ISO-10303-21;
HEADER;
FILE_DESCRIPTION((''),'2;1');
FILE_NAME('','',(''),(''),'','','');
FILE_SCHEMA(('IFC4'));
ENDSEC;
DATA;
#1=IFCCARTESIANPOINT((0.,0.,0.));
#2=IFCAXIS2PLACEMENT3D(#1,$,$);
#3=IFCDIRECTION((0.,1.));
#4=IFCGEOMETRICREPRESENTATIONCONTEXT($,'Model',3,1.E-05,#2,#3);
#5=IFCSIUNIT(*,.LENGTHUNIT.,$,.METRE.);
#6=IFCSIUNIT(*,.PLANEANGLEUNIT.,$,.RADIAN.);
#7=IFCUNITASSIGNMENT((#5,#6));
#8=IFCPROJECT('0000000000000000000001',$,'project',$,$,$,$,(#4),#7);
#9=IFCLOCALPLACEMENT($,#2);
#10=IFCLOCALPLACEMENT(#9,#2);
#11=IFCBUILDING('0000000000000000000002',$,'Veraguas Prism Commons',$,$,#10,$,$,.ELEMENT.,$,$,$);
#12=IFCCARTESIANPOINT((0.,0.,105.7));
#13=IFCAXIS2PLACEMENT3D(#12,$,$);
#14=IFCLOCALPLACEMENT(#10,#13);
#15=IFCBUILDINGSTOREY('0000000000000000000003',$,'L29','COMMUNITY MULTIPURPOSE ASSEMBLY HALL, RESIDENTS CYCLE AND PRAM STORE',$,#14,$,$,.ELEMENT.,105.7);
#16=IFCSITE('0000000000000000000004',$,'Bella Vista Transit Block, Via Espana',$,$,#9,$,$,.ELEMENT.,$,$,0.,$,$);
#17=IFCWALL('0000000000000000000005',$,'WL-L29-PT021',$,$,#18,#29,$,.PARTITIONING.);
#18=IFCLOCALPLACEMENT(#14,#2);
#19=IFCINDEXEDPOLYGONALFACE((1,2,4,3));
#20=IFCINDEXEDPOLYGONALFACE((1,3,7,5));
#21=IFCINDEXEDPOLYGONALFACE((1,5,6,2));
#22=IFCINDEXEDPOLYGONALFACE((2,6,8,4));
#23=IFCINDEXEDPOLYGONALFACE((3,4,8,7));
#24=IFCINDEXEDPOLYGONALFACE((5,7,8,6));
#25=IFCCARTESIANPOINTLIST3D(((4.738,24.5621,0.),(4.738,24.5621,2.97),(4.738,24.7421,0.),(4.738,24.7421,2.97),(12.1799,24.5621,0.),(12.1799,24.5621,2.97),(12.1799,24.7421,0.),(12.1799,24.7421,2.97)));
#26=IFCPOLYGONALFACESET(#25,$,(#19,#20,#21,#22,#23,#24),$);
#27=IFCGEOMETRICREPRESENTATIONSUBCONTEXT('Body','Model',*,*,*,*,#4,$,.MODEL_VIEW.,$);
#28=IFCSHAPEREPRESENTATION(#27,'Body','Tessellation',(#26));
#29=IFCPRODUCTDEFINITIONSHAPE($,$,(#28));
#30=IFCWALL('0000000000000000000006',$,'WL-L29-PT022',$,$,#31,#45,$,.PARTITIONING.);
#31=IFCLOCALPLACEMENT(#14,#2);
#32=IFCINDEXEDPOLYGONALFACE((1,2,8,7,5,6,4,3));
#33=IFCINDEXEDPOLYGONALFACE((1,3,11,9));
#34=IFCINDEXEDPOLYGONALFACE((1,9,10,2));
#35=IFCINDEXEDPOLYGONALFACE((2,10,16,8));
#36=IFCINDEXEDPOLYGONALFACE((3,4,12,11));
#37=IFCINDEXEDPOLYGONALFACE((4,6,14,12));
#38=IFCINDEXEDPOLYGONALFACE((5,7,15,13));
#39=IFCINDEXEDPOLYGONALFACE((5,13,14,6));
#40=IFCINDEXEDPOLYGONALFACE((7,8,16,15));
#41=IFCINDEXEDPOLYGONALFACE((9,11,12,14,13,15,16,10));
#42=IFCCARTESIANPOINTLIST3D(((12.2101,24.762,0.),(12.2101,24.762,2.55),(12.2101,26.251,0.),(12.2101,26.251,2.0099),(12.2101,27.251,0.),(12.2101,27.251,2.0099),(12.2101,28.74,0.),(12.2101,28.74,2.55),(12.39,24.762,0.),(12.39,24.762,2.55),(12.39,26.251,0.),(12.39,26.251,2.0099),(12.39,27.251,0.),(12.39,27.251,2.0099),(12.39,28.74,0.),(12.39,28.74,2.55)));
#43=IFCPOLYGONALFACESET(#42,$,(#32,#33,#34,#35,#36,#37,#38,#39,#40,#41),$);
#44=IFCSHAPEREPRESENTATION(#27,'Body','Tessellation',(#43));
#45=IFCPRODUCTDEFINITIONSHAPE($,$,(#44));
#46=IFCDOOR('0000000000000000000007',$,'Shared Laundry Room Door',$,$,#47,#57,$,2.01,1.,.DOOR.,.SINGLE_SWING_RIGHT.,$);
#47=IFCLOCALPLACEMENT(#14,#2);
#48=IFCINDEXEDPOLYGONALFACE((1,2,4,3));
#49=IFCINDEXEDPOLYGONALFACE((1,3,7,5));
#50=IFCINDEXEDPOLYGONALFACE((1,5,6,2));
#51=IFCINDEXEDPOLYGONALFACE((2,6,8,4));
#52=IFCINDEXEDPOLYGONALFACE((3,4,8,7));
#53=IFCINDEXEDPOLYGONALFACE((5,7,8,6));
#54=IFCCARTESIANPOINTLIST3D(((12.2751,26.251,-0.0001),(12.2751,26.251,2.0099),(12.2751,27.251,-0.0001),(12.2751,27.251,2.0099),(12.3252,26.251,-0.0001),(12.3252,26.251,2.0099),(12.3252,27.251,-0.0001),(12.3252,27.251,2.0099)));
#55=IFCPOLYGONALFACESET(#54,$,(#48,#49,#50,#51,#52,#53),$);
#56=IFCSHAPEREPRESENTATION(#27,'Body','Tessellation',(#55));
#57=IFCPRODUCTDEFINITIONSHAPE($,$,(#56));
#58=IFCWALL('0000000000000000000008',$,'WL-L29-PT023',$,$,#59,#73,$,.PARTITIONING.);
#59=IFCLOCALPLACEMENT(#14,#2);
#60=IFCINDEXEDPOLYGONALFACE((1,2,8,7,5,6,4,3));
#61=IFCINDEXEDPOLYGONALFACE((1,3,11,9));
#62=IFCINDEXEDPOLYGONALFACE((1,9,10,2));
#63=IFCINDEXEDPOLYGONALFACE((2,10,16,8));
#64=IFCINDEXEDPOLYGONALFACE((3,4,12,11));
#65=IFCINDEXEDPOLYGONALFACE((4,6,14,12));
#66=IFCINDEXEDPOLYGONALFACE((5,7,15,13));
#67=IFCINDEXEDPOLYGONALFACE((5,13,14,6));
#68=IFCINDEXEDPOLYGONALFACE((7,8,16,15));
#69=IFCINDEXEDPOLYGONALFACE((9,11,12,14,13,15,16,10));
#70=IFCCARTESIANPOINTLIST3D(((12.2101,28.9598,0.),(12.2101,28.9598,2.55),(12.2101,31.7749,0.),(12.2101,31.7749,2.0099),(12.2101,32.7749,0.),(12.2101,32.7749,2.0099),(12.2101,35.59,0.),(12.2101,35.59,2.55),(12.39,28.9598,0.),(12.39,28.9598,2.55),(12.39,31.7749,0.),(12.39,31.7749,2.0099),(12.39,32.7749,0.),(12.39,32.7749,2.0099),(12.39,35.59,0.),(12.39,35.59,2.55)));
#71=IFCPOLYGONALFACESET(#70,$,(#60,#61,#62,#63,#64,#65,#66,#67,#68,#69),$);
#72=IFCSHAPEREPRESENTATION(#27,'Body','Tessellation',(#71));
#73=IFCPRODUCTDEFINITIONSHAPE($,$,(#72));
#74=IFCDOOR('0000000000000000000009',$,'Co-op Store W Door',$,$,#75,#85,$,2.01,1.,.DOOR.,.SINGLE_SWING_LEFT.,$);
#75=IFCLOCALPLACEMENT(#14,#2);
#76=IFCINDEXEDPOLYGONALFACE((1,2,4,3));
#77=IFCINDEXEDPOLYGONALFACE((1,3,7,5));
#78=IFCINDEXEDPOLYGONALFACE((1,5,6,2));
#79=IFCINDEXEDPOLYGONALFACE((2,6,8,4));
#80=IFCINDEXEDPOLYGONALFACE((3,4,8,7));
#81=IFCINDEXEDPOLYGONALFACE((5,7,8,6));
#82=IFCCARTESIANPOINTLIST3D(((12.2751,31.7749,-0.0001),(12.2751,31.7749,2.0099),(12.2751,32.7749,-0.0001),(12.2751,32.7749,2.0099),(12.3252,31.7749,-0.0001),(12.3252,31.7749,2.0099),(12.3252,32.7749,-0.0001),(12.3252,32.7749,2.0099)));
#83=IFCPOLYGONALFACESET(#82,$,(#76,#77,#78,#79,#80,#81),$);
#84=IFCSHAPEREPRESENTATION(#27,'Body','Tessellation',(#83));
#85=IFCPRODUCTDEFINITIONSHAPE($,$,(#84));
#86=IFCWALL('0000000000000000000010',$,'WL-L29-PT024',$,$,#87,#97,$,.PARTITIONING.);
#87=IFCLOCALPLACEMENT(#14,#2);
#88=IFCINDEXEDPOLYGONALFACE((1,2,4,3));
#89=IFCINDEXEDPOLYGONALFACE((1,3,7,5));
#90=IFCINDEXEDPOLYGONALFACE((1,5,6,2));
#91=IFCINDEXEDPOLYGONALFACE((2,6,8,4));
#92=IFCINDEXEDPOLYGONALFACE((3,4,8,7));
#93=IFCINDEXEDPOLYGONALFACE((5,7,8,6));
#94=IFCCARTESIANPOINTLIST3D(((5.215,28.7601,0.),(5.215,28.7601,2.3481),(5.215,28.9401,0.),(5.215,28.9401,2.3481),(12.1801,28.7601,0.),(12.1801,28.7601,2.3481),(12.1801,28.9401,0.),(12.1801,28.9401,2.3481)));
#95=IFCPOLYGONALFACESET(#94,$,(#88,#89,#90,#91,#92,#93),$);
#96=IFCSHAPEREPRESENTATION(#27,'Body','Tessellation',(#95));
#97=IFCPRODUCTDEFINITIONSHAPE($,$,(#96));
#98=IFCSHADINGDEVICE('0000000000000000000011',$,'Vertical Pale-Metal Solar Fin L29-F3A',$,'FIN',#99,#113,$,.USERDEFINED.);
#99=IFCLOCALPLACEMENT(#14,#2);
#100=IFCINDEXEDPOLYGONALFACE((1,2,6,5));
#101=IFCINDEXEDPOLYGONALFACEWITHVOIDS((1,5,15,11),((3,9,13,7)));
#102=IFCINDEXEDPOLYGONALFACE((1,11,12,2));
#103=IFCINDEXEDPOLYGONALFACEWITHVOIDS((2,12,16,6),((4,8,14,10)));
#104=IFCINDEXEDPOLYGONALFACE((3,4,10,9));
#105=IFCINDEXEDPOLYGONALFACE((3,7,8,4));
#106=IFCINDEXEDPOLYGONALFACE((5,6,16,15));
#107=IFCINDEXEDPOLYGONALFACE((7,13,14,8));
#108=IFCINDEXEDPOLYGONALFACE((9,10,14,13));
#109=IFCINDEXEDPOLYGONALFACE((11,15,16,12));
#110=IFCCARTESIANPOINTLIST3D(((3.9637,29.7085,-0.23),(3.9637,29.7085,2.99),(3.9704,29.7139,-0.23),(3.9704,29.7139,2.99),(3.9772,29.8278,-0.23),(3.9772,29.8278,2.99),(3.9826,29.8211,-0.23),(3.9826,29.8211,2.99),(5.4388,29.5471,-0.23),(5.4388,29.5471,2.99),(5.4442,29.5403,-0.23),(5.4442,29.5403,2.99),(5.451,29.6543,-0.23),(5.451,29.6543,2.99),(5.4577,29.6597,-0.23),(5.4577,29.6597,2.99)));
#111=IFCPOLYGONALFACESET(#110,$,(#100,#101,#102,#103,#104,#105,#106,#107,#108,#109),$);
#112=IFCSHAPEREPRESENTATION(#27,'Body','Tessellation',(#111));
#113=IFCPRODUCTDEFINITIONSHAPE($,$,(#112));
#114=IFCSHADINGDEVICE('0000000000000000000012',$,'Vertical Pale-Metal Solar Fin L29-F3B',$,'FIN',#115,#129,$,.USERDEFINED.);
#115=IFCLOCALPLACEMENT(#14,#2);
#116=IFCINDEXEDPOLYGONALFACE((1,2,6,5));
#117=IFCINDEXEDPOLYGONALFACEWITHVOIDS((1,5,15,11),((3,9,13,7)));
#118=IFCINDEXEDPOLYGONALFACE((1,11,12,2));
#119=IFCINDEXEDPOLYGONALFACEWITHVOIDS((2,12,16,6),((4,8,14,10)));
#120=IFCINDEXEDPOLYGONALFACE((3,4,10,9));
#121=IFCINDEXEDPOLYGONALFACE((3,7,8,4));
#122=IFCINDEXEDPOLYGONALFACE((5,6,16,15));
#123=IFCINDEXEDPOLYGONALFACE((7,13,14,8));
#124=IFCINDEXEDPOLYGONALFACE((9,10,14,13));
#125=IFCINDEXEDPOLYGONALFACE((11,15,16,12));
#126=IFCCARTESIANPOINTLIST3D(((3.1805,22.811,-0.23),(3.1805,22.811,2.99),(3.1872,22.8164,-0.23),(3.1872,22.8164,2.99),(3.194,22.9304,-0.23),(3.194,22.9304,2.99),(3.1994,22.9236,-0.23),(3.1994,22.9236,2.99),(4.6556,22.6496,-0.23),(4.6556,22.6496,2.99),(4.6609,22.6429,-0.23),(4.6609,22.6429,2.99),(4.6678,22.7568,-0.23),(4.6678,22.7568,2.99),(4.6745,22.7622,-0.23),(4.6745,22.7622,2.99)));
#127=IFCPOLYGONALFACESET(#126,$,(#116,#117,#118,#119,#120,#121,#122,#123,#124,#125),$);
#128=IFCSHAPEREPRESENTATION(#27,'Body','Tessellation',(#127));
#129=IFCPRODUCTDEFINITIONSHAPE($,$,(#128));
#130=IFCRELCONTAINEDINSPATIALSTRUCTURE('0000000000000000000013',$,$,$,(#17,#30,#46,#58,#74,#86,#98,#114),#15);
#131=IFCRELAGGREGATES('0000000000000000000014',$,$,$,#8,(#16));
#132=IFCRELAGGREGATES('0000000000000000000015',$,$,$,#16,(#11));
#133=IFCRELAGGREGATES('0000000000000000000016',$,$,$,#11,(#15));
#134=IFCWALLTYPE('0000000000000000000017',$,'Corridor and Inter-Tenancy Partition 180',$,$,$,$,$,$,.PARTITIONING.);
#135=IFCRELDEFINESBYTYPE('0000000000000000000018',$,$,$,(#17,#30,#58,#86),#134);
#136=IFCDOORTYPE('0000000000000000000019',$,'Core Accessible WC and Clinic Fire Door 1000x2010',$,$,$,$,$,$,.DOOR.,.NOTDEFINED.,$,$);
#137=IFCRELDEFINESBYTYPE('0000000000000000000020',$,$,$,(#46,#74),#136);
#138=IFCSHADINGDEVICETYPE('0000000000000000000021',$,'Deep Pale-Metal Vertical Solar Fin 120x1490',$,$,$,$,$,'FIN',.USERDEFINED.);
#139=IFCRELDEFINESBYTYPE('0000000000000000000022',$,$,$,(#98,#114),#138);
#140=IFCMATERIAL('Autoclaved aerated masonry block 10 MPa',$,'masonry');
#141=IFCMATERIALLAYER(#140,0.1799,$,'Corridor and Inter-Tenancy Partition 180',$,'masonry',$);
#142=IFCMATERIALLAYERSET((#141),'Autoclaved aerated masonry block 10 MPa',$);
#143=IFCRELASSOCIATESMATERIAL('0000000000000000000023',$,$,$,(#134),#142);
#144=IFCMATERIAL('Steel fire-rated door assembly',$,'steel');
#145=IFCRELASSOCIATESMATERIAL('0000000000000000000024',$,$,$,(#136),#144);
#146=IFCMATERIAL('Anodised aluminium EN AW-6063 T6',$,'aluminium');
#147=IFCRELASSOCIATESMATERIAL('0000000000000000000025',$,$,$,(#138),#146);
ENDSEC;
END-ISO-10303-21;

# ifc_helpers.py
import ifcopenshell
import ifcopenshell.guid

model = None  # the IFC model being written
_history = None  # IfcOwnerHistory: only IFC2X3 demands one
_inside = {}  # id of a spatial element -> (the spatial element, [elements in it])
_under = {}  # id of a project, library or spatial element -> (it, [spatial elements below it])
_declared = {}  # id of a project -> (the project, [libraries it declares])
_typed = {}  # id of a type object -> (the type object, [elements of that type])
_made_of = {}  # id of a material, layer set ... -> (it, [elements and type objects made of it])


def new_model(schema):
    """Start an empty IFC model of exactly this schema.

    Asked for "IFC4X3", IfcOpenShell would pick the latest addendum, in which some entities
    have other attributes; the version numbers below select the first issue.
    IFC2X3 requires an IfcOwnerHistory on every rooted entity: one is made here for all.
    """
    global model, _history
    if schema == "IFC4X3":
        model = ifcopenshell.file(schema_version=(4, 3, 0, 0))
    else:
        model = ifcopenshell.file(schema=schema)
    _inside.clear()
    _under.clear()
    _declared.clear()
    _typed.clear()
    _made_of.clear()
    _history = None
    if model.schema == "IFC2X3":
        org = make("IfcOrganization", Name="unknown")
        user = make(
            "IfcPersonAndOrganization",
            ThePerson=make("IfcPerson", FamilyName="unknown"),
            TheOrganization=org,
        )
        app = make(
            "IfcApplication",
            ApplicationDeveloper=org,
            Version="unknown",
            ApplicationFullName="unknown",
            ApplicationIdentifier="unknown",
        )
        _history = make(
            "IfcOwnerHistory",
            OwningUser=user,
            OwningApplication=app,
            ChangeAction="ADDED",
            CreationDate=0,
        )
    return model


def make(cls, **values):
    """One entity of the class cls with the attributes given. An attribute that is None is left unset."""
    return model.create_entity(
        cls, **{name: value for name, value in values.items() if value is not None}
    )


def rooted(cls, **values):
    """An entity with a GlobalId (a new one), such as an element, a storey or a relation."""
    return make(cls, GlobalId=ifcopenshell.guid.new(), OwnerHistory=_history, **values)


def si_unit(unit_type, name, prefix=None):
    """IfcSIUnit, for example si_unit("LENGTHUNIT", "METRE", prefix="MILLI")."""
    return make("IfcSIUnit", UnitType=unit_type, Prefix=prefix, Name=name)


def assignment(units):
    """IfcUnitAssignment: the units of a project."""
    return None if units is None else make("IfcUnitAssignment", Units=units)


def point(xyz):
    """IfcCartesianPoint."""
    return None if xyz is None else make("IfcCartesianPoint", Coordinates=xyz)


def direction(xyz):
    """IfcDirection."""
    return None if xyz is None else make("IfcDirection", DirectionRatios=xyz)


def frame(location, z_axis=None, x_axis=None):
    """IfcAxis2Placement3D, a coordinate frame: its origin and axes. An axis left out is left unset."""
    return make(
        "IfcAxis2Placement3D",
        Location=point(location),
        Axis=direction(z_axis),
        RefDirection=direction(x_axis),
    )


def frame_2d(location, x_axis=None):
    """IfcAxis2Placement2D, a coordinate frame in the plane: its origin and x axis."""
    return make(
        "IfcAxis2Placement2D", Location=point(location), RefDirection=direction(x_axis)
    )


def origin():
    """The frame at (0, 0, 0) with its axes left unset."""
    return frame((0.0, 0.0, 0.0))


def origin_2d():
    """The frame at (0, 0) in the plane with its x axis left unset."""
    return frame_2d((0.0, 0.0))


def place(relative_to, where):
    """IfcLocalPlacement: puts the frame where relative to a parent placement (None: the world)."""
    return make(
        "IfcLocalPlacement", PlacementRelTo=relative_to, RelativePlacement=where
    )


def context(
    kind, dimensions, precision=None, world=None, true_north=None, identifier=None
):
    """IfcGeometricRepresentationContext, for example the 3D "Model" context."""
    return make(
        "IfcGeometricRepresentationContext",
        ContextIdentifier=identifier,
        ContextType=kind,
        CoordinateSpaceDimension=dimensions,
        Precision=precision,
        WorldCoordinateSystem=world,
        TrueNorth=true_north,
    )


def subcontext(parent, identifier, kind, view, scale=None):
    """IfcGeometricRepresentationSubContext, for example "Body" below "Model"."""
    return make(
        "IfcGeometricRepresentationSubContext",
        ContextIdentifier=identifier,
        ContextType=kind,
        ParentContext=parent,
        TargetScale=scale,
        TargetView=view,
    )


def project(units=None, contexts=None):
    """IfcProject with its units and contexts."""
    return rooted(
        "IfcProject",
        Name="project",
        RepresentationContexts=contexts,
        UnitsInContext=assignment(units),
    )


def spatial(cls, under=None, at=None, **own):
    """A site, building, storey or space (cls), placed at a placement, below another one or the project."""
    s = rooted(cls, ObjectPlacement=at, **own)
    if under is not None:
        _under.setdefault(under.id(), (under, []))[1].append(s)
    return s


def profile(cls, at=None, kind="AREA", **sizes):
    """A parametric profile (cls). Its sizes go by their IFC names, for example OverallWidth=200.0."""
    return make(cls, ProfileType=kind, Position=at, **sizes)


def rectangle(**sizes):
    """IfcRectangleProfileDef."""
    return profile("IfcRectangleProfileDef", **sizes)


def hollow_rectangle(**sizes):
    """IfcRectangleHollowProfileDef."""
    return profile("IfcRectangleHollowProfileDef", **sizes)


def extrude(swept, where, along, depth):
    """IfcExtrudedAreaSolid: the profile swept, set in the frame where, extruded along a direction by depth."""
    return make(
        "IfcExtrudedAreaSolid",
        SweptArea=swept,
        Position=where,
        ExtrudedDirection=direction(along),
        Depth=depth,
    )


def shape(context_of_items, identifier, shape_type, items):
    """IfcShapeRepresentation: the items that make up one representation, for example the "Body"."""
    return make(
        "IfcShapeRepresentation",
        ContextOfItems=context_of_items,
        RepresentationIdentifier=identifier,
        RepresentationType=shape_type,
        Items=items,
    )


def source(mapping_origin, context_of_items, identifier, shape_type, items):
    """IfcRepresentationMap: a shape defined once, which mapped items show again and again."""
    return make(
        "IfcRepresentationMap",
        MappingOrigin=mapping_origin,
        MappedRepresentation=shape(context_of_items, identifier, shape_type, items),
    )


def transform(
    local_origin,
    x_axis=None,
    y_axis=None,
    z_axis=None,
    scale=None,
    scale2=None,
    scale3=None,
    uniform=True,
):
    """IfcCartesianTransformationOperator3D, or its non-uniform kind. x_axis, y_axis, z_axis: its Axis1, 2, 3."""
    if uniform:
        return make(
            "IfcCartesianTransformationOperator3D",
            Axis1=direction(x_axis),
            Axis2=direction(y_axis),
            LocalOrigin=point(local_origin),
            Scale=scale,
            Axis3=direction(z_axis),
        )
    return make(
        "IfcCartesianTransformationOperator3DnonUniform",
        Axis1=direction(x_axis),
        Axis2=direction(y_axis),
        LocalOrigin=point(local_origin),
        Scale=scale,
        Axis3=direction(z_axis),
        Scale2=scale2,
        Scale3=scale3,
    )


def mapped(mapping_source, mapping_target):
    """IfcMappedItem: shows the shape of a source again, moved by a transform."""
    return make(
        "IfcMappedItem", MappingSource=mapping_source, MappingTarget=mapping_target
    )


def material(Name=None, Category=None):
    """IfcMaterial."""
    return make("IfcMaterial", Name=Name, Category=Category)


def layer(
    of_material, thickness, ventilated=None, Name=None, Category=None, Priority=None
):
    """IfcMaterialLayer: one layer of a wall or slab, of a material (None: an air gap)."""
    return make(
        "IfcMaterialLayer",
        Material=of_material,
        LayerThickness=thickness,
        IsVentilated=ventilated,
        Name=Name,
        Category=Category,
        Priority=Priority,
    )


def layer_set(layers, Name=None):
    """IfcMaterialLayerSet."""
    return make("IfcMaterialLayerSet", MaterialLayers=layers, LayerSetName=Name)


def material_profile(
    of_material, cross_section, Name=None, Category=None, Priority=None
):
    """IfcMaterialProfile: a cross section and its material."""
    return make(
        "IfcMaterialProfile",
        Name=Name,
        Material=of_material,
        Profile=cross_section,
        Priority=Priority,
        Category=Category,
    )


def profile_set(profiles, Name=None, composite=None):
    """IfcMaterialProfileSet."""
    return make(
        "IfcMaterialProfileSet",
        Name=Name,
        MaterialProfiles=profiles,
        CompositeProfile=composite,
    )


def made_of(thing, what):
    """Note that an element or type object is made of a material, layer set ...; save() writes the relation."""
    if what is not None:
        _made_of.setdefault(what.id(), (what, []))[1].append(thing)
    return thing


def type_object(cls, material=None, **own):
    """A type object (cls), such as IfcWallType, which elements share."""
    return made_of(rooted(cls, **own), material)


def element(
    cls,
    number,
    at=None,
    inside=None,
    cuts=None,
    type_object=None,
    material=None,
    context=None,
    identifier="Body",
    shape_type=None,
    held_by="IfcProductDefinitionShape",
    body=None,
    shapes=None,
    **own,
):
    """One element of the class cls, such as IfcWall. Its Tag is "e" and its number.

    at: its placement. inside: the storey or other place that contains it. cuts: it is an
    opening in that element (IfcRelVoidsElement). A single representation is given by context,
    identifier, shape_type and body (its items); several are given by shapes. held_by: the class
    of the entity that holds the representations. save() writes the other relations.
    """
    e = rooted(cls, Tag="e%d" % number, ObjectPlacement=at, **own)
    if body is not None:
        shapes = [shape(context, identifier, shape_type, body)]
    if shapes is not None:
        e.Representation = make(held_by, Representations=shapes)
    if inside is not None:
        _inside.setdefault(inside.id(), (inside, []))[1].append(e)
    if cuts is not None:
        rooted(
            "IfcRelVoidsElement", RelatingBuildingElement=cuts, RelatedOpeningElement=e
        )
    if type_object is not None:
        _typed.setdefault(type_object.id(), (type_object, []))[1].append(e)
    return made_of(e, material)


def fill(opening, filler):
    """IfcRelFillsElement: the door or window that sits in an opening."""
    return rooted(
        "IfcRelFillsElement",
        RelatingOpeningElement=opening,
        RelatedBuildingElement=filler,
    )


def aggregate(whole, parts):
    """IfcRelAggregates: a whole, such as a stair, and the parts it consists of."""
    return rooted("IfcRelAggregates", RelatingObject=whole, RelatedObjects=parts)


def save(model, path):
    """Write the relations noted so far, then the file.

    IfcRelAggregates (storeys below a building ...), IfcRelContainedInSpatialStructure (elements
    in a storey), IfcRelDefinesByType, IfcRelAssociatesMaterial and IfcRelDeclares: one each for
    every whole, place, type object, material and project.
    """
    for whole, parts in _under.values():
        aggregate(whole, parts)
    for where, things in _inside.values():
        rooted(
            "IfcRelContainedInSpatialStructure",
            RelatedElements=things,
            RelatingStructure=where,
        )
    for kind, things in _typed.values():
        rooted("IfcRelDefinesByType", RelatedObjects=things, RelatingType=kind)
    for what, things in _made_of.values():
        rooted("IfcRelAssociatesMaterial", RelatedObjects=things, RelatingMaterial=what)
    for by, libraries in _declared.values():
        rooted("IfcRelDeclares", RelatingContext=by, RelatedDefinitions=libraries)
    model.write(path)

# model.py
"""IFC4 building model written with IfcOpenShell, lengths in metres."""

from ifc_helpers import new_model, si_unit, direction, frame, frame_2d, origin, origin_2d, place, context, subcontext, project, spatial, rectangle, hollow_rectangle, extrude, source, transform, mapped, material, layer, layer_set, material_profile, profile_set, type_object, element, fill, save


model = new_model("IFC4")

# Units and contexts
model_context = context("Model", 3, precision=1e-05, world=origin(), true_north=direction((0.0, 1.0)))
body_context = subcontext(model_context, "Body", "Model", "MODEL_VIEW")
ifc_project = project(units=[si_unit("LENGTHUNIT", "METRE"), si_unit("PLANEANGLEUNIT", "RADIAN")], contexts=[model_context])

# Site, building, storey
site_placement = place(None, origin())
site = spatial("IfcSite", under=ifc_project, at=site_placement, Name="Bella Vista Transit Block, Via Espana", CompositionType="ELEMENT", RefElevation=0.0)
building_placement = place(site_placement, origin())
building = spatial("IfcBuilding", under=site, at=building_placement, Name="Veraguas Prism Commons", CompositionType="ELEMENT")
storey_placement = place(building_placement, frame((0.0, 0.0, 105.7)))
storey = spatial("IfcBuildingStorey", under=building, at=storey_placement, Name="L29", Description="COMMUNITY MULTIPURPOSE ASSEMBLY HALL, RESIDENTS CYCLE AND PRAM STORE", CompositionType="ELEMENT", Elevation=105.7)

# Shared definitions
ifc_material_1 = material(Name="Anodised aluminium EN AW-6063 T6", Category="aluminium")

# Wall
ifc_material_2 = material(Name="Autoclaved aerated masonry block 10 MPa", Category="masonry")
ifc_layer_1 = layer(ifc_material_2, 0.1799, Name="Corridor and Inter-Tenancy Partition 180", Category="masonry")
ifc_layer_set_1 = layer_set([ifc_layer_1], Name="Autoclaved aerated masonry block 10 MPa")
wall_type = type_object("IfcWallType", Name="Corridor and Inter-Tenancy Partition 180", PredefinedType="PARTITIONING", material=ifc_layer_set_1)
wall_1_placement = place(storey_placement, frame((12.1799, 24.6521, 0.0), z_axis=(0.0, 0.0, 1.0), x_axis=(-1.0, 0.0, 0.0)))
element("IfcWall", 1, at=wall_1_placement, inside=storey, type_object=wall_type, Name="WL-L29-PT021", PredefinedType="PARTITIONING", context=body_context, shape_type="SweptSolid", body=[
    extrude(rectangle(XDim=7.4419, YDim=0.1799, at=frame_2d((3.7209, 0.0))), origin(), (0.0, 0.0, 1.0), 2.97),
])

# Walls, openings, doors
wall_2_placement = place(storey_placement, frame((12.3, 24.762, 0.0), z_axis=(0.0, 0.0, 1.0), x_axis=(0.0, 1.0, 0.0)))
wall_2 = element("IfcWall", 2, at=wall_2_placement, inside=storey, type_object=wall_type, Name="WL-L29-PT022", PredefinedType="PARTITIONING", context=body_context, shape_type="SweptSolid", body=[
    extrude(rectangle(XDim=3.978, YDim=0.1799, at=frame_2d((1.989, 0.0))), origin(), (0.0, 0.0, 1.0), 2.55),
])
opening_1_placement = place(wall_2_placement, frame((1.489, 0.0, 0.0)))
opening_1 = element("IfcOpeningElement", 3, at=opening_1_placement, cuts=wall_2, PredefinedType="OPENING", context=body_context, shape_type="SweptSolid", body=[
    extrude(rectangle(XDim=1.0, YDim=2.01, at=frame_2d((0.5, 1.0049))), frame((0.0, 0.0999, 0.0), z_axis=(0.0, -1.0, 0.0), x_axis=(1.0, 0.0, 0.0)), (0.0, 0.0, 1.0), 0.2),
])
ifc_material_3 = material(Name="Steel fire-rated door assembly", Category="steel")
door_type = type_object("IfcDoorType", Name="Core Accessible WC and Clinic Fire Door 1000x2010", OperationType="NOTDEFINED", PredefinedType="DOOR", material=ifc_material_3)
shared_shape_1 = source(origin(), body_context, "Body", "SweptSolid", [
    extrude(rectangle(XDim=1.0, YDim=2.01, at=frame_2d((0.5, 1.0049))), frame((0.0, 0.0249, 0.0), z_axis=(0.0, -1.0, 0.0), x_axis=(1.0, 0.0, 0.0)), (0.0, 0.0, 1.0), 0.05),
])
door_1_placement = place(opening_1_placement, origin())
door_1 = element("IfcDoor", 4, at=door_1_placement, inside=storey, type_object=door_type, Name="Shared Laundry Room Door", OperationType="SINGLE_SWING_RIGHT", OverallHeight=2.01, OverallWidth=1.0, PredefinedType="DOOR", context=body_context, shape_type="MappedRepresentation", body=[
    mapped(shared_shape_1, transform((0.0, 0.0, 0.0), scale=1.0)),
])
fill(opening_1, door_1)
wall_3_placement = place(storey_placement, frame((12.3, 28.96, 0.0), z_axis=(0.0, 0.0, 1.0), x_axis=(0.0, 1.0, 0.0)))
wall_3 = element("IfcWall", 5, at=wall_3_placement, inside=storey, type_object=wall_type, Name="WL-L29-PT023", PredefinedType="PARTITIONING", context=body_context, shape_type="SweptSolid", body=[
    extrude(rectangle(XDim=6.6301, YDim=0.1799, at=frame_2d((3.3149, 0.0))), origin(), (0.0, 0.0, 1.0), 2.55),
])
opening_2_placement = place(wall_3_placement, frame((2.8149, 0.0, 0.0)))
opening_2 = element("IfcOpeningElement", 6, at=opening_2_placement, cuts=wall_3, PredefinedType="OPENING", context=body_context, shape_type="SweptSolid", body=[
    extrude(rectangle(XDim=1.0, YDim=2.01, at=frame_2d((0.5, 1.0049))), frame((0.0, 0.0999, 0.0), z_axis=(0.0, -1.0, 0.0), x_axis=(1.0, 0.0, 0.0)), (0.0, 0.0, 1.0), 0.2),
])
door_2_placement = place(opening_2_placement, origin())
door_2 = element("IfcDoor", 7, at=door_2_placement, inside=storey, type_object=door_type, Name="Co-op Store W Door", OperationType="SINGLE_SWING_LEFT", OverallHeight=2.01, OverallWidth=1.0, PredefinedType="DOOR", context=body_context, shape_type="MappedRepresentation", body=[
    mapped(shared_shape_1, transform((0.0, 0.0, 0.0), scale=1.0)),
])
fill(opening_2, door_2)

# Wall
wall_4_placement = place(storey_placement, frame((12.1799, 28.8501, 0.0), z_axis=(0.0, 0.0, 1.0), x_axis=(-1.0, 0.0, 0.0)))
element("IfcWall", 8, at=wall_4_placement, inside=storey, type_object=wall_type, Name="WL-L29-PT024", PredefinedType="PARTITIONING", context=body_context, shape_type="SweptSolid", body=[
    extrude(rectangle(XDim=6.9651, YDim=0.1799, at=frame_2d((3.4824, 0.0))), origin(), (0.0, 0.0, 1.0), 2.3481),
])

# Shading devices
ifc_material_profile_1 = material_profile(ifc_material_1, hollow_rectangle(XDim=0.1201, YDim=1.49, WallThickness=0.0061, at=origin_2d()), Name="FIN120X1490X6")
ifc_profile_set_1 = profile_set([ifc_material_profile_1], Name="Anodised aluminium EN AW-6063 T6")
shading_device_type = type_object("IfcShadingDeviceType", Name="Deep Pale-Metal Vertical Solar Fin 120x1490", ElementType="FIN", PredefinedType="USERDEFINED", material=ifc_profile_set_1)
for number, where, z_axis, x_axis, name in (
    (9, (4.7107, 29.6841, -0.23), (0.0, 0.0, 1.0), (-0.11286, -0.993611, 0.0), "Vertical Pale-Metal Solar Fin L29-F3A"),
    (10, (3.9275, 22.7866, -0.23), (0.0, 0.0, 1.0), (-0.11286, -0.993611, 0.0), "Vertical Pale-Metal Solar Fin L29-F3B"),
):
    element("IfcShadingDevice", number, at=place(storey_placement, frame(where, z_axis=z_axis, x_axis=x_axis)), inside=storey, type_object=shading_device_type, Name=name, ObjectType="FIN", PredefinedType="USERDEFINED", context=body_context, shape_type="SweptSolid", body=[
        extrude(hollow_rectangle(XDim=0.1201, YDim=1.49, WallThickness=0.0061, at=origin_2d()), origin(), (0.0, 0.0, 1.0), 3.22),
    ])

save(model, "model.ifc")
